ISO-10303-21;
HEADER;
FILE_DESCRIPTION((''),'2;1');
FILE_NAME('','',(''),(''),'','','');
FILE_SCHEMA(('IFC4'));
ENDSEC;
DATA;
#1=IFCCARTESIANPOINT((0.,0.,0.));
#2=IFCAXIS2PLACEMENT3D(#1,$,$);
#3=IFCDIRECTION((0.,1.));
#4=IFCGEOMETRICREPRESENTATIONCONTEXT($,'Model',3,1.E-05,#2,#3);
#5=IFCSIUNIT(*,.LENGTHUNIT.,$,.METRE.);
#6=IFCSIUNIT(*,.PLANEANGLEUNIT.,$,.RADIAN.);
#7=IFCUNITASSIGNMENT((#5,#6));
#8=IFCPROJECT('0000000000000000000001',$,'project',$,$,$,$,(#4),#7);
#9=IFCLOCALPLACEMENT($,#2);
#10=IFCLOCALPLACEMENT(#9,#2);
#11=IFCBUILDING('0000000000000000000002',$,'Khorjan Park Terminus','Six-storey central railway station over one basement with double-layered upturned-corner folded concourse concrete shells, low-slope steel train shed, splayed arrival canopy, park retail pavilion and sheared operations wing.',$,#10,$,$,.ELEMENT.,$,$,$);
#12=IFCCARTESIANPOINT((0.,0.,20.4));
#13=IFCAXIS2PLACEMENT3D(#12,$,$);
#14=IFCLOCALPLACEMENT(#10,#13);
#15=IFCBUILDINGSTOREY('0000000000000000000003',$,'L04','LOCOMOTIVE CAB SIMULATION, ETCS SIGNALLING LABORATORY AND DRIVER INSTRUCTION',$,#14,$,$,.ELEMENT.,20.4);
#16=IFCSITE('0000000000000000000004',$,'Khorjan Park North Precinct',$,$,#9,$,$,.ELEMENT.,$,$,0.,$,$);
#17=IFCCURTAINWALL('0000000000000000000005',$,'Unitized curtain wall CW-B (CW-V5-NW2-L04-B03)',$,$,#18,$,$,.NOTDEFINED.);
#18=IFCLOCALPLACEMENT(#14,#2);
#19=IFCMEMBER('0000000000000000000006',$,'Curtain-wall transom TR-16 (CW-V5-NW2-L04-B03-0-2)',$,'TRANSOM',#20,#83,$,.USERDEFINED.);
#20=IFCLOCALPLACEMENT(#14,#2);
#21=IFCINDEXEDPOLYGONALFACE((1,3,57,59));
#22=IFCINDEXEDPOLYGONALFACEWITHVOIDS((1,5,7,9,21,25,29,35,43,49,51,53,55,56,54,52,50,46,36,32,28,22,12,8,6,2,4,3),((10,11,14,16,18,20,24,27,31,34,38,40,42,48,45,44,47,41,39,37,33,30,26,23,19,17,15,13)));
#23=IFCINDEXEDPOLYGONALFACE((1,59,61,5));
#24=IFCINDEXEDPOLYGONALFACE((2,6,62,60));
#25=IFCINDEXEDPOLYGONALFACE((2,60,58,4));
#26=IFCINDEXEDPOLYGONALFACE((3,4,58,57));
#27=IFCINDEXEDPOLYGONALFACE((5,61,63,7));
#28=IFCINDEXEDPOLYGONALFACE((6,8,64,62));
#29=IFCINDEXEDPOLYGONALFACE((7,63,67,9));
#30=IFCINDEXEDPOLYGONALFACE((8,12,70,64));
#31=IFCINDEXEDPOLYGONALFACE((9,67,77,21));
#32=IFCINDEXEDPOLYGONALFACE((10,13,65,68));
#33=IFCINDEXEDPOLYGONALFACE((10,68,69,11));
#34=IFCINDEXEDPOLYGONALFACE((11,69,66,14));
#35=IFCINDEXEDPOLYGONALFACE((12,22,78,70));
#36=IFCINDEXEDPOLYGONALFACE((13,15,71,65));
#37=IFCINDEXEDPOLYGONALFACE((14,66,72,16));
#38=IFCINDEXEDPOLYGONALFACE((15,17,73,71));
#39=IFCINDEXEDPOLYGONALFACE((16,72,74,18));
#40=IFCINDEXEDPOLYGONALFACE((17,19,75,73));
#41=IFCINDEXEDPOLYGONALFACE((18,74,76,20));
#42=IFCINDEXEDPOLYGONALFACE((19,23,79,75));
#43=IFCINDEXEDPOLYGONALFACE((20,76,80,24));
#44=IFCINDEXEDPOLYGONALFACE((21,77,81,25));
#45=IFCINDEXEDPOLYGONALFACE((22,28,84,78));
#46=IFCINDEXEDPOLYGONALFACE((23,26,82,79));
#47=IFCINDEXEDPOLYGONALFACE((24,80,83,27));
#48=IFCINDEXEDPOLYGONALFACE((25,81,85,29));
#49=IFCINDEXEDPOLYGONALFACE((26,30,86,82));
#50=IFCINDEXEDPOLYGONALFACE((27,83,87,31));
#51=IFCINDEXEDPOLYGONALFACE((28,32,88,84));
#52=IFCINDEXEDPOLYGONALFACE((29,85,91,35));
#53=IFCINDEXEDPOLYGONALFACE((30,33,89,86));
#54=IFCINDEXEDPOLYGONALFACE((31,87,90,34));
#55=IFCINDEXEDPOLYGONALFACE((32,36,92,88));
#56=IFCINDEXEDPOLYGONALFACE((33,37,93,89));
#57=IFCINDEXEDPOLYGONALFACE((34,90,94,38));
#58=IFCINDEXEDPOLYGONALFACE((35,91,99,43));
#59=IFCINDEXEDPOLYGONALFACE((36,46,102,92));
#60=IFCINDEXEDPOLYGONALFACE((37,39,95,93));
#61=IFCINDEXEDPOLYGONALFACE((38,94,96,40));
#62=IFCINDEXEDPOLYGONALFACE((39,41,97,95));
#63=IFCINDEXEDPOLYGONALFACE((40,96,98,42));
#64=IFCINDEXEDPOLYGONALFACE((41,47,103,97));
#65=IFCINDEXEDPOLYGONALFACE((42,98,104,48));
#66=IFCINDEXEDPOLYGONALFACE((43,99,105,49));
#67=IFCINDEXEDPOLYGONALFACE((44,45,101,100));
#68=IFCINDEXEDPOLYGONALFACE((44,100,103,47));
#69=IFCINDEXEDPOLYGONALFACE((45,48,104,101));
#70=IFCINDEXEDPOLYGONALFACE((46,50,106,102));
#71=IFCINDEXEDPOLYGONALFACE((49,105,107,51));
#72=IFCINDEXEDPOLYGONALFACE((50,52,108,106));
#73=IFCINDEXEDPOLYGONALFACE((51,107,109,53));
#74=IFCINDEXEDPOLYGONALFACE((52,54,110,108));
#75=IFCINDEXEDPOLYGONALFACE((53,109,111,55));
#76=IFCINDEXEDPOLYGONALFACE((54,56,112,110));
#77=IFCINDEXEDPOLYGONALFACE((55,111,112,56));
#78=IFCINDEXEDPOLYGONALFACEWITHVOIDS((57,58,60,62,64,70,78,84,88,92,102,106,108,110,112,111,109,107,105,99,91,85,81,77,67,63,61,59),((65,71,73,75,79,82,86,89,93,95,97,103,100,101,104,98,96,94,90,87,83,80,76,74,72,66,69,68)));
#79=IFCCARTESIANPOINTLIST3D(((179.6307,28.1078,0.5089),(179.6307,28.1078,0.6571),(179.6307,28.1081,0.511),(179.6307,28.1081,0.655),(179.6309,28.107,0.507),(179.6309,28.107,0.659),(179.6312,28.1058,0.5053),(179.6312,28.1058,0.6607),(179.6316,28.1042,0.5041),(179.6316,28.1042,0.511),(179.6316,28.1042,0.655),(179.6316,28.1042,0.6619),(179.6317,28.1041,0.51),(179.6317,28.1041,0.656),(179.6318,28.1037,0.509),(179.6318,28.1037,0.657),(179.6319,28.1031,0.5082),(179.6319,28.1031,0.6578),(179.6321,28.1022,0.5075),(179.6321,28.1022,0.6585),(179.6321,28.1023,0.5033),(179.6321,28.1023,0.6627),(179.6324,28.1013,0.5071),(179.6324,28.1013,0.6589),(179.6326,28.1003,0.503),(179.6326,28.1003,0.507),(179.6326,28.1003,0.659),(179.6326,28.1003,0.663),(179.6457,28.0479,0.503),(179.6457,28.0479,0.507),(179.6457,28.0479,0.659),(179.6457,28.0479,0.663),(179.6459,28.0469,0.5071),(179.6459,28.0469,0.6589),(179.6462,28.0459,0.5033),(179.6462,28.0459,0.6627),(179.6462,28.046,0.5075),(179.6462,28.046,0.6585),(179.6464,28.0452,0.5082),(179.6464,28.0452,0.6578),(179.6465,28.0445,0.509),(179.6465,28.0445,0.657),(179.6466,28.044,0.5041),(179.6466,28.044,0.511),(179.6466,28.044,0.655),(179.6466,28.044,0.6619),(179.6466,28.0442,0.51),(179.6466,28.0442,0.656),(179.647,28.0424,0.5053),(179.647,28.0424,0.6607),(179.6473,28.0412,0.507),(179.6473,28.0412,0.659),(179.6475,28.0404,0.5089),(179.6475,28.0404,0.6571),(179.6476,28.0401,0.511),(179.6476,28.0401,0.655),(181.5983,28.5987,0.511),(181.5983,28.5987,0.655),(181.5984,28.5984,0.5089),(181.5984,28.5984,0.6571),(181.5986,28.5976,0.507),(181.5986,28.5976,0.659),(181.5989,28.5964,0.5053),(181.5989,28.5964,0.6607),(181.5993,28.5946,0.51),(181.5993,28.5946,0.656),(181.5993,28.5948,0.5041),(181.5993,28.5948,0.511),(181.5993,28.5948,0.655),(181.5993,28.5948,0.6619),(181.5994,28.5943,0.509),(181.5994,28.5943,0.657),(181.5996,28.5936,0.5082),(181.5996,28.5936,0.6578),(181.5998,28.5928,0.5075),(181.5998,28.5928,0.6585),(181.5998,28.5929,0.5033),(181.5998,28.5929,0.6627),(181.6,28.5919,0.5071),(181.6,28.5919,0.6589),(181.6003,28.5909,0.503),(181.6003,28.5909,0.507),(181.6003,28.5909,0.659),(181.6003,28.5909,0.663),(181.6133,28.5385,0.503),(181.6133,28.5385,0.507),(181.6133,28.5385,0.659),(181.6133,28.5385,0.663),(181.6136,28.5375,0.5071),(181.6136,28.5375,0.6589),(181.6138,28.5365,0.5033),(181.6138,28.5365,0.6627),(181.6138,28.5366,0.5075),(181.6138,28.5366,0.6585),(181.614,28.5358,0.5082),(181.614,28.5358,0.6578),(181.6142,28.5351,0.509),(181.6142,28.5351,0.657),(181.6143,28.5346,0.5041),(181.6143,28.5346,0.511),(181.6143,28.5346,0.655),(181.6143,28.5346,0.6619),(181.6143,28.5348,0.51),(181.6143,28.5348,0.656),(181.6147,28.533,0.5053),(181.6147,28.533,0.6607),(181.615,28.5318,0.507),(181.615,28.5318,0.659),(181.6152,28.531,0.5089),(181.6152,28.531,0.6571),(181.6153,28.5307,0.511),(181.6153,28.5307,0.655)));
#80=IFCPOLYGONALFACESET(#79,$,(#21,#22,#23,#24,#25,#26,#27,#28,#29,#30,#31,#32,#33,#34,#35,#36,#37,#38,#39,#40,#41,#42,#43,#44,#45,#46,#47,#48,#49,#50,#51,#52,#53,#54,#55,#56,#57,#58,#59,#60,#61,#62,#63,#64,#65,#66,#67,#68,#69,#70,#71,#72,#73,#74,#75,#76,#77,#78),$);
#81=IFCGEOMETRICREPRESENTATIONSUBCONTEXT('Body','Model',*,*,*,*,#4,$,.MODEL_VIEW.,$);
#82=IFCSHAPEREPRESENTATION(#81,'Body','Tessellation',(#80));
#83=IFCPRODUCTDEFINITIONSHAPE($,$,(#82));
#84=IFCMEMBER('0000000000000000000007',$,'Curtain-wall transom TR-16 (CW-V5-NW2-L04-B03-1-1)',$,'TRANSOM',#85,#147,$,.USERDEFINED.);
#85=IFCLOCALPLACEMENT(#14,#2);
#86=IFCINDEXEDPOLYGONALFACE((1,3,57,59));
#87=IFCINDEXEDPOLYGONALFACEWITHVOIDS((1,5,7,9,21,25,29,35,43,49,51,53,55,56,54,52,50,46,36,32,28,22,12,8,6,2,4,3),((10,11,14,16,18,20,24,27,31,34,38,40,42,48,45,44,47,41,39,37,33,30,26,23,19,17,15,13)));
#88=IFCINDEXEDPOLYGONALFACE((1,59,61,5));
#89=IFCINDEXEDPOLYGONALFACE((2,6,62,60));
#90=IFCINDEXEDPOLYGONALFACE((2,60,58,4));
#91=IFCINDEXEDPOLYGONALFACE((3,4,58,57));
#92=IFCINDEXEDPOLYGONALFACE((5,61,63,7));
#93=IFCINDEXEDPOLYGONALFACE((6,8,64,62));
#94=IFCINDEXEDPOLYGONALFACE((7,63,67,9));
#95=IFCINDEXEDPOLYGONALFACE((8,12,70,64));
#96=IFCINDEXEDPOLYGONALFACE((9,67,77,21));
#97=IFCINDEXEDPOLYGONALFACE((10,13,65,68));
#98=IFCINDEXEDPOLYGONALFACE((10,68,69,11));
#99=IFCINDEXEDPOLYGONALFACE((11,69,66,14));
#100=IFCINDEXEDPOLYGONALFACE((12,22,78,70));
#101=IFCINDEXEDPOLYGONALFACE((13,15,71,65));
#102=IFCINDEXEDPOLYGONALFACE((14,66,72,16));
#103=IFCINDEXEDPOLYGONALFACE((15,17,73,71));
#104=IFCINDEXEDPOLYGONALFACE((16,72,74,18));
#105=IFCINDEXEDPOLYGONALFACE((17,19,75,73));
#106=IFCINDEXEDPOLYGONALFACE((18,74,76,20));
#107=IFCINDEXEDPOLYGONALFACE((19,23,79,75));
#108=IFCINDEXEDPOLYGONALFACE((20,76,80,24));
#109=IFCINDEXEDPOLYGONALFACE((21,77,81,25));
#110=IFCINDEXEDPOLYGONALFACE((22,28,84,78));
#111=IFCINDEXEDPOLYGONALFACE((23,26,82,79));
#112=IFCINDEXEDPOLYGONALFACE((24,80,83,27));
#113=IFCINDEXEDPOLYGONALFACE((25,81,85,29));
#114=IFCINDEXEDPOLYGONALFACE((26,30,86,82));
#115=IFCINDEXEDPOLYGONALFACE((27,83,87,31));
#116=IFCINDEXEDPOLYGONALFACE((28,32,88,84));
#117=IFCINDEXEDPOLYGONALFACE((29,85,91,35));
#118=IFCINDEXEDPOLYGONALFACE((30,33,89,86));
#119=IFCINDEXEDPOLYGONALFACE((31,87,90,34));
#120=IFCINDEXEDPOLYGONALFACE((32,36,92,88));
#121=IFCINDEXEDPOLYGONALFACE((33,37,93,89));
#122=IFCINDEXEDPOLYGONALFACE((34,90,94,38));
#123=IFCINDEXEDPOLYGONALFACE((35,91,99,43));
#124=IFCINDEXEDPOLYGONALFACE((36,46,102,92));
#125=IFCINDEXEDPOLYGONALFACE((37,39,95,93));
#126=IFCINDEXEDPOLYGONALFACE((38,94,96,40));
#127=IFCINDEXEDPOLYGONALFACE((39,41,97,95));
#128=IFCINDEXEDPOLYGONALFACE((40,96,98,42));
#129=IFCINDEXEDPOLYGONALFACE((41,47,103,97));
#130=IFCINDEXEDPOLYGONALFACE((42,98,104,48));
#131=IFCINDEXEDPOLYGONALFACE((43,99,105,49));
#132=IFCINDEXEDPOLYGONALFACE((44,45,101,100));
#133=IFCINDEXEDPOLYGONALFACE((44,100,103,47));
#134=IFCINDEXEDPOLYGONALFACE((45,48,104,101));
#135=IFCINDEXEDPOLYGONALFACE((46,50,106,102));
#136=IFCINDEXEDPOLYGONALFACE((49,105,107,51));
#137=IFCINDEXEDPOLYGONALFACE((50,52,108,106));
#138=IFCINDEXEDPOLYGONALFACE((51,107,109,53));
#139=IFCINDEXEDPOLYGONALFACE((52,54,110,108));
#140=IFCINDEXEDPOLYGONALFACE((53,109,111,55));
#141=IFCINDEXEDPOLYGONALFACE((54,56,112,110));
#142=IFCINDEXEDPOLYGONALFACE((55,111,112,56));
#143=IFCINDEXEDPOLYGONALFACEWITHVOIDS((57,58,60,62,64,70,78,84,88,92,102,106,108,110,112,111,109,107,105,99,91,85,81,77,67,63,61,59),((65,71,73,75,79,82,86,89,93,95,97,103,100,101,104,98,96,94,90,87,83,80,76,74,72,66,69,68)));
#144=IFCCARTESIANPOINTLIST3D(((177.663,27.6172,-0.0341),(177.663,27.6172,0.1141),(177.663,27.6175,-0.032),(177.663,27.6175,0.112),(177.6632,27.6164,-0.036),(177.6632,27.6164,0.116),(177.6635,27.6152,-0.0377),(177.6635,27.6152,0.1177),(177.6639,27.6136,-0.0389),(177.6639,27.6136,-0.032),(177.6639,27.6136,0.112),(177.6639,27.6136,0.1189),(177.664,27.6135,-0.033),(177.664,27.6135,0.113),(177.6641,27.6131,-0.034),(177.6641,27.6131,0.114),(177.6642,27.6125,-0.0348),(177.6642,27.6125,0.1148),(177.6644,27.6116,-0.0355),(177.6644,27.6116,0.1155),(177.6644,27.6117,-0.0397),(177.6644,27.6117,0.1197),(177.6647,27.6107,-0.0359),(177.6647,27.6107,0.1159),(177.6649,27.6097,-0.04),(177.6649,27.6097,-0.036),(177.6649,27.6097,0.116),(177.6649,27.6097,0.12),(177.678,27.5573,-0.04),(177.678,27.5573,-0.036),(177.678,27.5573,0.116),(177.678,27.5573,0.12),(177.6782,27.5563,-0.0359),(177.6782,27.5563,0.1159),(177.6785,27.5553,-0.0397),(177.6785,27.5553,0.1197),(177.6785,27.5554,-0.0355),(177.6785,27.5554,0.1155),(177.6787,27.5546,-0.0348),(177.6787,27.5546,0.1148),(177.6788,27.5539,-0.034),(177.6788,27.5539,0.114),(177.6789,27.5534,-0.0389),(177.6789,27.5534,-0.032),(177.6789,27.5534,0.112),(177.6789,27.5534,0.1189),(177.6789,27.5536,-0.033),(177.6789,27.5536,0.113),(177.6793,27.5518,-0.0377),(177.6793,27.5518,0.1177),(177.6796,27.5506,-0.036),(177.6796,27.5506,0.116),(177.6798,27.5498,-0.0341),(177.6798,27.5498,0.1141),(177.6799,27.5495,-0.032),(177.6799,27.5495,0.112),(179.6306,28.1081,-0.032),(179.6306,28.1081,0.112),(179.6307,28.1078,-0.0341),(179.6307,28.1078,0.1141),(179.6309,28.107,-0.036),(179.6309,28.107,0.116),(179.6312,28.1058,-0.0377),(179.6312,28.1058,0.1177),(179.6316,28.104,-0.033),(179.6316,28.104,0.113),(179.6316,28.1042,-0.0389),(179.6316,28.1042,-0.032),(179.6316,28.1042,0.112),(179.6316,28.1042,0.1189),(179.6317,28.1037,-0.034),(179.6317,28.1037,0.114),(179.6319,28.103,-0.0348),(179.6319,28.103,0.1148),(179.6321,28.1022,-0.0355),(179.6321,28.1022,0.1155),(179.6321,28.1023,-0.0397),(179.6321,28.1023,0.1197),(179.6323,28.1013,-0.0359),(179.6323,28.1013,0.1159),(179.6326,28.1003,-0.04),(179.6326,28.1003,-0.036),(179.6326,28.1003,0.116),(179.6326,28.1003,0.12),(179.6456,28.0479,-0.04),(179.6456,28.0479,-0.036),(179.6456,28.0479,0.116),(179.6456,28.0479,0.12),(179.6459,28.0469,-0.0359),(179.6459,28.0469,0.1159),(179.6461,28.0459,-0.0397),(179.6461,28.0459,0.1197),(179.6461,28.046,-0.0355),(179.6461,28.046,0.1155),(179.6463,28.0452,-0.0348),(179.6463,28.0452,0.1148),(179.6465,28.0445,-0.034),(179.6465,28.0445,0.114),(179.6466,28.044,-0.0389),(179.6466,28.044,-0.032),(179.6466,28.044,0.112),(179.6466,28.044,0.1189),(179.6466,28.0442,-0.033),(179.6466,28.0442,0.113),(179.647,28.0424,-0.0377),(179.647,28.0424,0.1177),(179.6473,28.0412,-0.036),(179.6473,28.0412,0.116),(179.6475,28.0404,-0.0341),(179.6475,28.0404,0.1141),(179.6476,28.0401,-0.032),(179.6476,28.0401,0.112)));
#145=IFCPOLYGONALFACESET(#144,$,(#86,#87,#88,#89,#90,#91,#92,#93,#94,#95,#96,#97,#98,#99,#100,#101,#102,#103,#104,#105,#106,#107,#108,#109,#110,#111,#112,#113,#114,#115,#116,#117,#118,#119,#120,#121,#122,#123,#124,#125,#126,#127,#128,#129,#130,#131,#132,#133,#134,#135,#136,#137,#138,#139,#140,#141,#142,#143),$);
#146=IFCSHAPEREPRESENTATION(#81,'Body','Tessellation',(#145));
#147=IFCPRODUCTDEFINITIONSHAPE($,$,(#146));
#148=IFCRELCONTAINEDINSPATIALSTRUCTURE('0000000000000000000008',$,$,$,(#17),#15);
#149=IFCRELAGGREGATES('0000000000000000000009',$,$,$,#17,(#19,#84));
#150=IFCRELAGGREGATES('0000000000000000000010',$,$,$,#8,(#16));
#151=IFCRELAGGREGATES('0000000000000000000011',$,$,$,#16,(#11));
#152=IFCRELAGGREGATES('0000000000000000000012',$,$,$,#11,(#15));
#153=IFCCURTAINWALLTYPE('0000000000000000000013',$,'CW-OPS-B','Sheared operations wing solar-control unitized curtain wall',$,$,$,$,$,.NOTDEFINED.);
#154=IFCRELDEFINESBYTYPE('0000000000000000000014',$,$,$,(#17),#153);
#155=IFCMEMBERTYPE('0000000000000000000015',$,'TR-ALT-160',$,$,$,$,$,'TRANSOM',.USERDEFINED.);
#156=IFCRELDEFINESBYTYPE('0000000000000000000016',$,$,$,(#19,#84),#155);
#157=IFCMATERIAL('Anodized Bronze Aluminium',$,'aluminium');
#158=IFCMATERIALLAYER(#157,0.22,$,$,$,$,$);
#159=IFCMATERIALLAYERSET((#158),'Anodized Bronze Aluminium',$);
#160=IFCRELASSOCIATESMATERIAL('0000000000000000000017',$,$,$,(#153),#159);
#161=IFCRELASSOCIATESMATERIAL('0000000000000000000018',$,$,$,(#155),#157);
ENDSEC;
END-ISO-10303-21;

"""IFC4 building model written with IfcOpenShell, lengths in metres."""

from ifc_helpers import new_model, si_unit, direction, frame, origin, origin_2d, place, context, subcontext, project, spatial, hollow_rectangle, extrude, material, layer, layer_set, material_profile, profile_set, type_object, element, aggregate, save


model = new_model("IFC4")

# Units and contexts
model_context = context("Model", 3, precision=1e-05, world=origin(), true_north=direction((0.0, 1.0)))
body_context = subcontext(model_context, "Body", "Model", "MODEL_VIEW")
ifc_project = project(units=[si_unit("LENGTHUNIT", "METRE"), si_unit("PLANEANGLEUNIT", "RADIAN")], contexts=[model_context])

# Site, building, storey
site_placement = place(None, origin())
site = spatial("IfcSite", under=ifc_project, at=site_placement, Name="Khorjan Park North Precinct", CompositionType="ELEMENT", RefElevation=0.0)
building_placement = place(site_placement, origin())
building = spatial("IfcBuilding", under=site, at=building_placement, Name="Khorjan Park Terminus", Description="Six-storey central railway station over one basement with double-layered upturned-corner folded concourse concrete shells, low-slope steel train shed, splayed arrival canopy, park retail pavilion and sheared operations wing.", CompositionType="ELEMENT")
storey_placement = place(building_placement, frame((0.0, 0.0, 20.4)))
storey = spatial("IfcBuildingStorey", under=building, at=storey_placement, Name="L04", Description="LOCOMOTIVE CAB SIMULATION, ETCS SIGNALLING LABORATORY AND DRIVER INSTRUCTION", CompositionType="ELEMENT", Elevation=20.4)

# Curtain wall, members
ifc_material_1 = material(Name="Anodized Bronze Aluminium", Category="aluminium")
ifc_layer_1 = layer(ifc_material_1, 0.22)
ifc_layer_set_1 = layer_set([ifc_layer_1], Name="Anodized Bronze Aluminium")
curtain_wall_type = type_object("IfcCurtainWallType", Name="CW-OPS-B", Description="Sheared operations wing solar-control unitized curtain wall", PredefinedType="NOTDEFINED", material=ifc_layer_set_1)
curtain_wall_placement = place(storey_placement, origin())
curtain_wall = element("IfcCurtainWall", 1, at=curtain_wall_placement, inside=storey, type_object=curtain_wall_type, Name="Unitized curtain wall CW-B (CW-V5-NW2-L04-B03)", PredefinedType="NOTDEFINED")
ifc_material_profile_1 = material_profile(ifc_material_1, hollow_rectangle(XDim=0.07, YDim=0.16, WallThickness=0.004, InnerFilletRadius=0.004, OuterFilletRadius=0.008, at=origin_2d()), Name="ALT 70x160x4")
ifc_profile_set_1 = profile_set([ifc_material_profile_1], Name="Anodized Bronze Aluminium")
member_type_1 = type_object("IfcMemberType", Name="TR-ALT-160", ElementType="TRANSOM", PredefinedType="USERDEFINED", material=ifc_profile_set_1)
member_1_placement = place(storey_placement, frame((181.6068, 28.5647, 0.583), z_axis=(-0.970296, -0.241921, 0.0), x_axis=(0.241921, -0.970296, 0.0)))
member_1 = element("IfcMember", 2, at=member_1_placement, type_object=member_type_1, Name="Curtain-wall transom TR-16 (CW-V5-NW2-L04-B03-0-2)", ObjectType="TRANSOM", PredefinedType="USERDEFINED", context=body_context, shape_type="SweptSolid", body=[
    extrude(hollow_rectangle(XDim=0.07, YDim=0.16, WallThickness=0.004, InnerFilletRadius=0.004, OuterFilletRadius=0.008, at=origin_2d()), origin(), (0.0, 0.0, 1.0), 2.0279),
])
member_2_placement = place(storey_placement, frame((179.6391, 28.0741, 0.04), z_axis=(-0.970296, -0.241921, 0.0), x_axis=(0.241921, -0.970296, 0.0)))
member_2 = element("IfcMember", 3, at=member_2_placement, type_object=member_type_1, Name="Curtain-wall transom TR-16 (CW-V5-NW2-L04-B03-1-1)", ObjectType="TRANSOM", PredefinedType="USERDEFINED", context=body_context, shape_type="SweptSolid", body=[
    extrude(hollow_rectangle(XDim=0.07, YDim=0.16, WallThickness=0.004, InnerFilletRadius=0.004, OuterFilletRadius=0.008, at=origin_2d()), origin(), (0.0, 0.0, 1.0), 2.0279),
])
aggregate(curtain_wall, [member_1, member_2])

save(model, "model.ifc")
